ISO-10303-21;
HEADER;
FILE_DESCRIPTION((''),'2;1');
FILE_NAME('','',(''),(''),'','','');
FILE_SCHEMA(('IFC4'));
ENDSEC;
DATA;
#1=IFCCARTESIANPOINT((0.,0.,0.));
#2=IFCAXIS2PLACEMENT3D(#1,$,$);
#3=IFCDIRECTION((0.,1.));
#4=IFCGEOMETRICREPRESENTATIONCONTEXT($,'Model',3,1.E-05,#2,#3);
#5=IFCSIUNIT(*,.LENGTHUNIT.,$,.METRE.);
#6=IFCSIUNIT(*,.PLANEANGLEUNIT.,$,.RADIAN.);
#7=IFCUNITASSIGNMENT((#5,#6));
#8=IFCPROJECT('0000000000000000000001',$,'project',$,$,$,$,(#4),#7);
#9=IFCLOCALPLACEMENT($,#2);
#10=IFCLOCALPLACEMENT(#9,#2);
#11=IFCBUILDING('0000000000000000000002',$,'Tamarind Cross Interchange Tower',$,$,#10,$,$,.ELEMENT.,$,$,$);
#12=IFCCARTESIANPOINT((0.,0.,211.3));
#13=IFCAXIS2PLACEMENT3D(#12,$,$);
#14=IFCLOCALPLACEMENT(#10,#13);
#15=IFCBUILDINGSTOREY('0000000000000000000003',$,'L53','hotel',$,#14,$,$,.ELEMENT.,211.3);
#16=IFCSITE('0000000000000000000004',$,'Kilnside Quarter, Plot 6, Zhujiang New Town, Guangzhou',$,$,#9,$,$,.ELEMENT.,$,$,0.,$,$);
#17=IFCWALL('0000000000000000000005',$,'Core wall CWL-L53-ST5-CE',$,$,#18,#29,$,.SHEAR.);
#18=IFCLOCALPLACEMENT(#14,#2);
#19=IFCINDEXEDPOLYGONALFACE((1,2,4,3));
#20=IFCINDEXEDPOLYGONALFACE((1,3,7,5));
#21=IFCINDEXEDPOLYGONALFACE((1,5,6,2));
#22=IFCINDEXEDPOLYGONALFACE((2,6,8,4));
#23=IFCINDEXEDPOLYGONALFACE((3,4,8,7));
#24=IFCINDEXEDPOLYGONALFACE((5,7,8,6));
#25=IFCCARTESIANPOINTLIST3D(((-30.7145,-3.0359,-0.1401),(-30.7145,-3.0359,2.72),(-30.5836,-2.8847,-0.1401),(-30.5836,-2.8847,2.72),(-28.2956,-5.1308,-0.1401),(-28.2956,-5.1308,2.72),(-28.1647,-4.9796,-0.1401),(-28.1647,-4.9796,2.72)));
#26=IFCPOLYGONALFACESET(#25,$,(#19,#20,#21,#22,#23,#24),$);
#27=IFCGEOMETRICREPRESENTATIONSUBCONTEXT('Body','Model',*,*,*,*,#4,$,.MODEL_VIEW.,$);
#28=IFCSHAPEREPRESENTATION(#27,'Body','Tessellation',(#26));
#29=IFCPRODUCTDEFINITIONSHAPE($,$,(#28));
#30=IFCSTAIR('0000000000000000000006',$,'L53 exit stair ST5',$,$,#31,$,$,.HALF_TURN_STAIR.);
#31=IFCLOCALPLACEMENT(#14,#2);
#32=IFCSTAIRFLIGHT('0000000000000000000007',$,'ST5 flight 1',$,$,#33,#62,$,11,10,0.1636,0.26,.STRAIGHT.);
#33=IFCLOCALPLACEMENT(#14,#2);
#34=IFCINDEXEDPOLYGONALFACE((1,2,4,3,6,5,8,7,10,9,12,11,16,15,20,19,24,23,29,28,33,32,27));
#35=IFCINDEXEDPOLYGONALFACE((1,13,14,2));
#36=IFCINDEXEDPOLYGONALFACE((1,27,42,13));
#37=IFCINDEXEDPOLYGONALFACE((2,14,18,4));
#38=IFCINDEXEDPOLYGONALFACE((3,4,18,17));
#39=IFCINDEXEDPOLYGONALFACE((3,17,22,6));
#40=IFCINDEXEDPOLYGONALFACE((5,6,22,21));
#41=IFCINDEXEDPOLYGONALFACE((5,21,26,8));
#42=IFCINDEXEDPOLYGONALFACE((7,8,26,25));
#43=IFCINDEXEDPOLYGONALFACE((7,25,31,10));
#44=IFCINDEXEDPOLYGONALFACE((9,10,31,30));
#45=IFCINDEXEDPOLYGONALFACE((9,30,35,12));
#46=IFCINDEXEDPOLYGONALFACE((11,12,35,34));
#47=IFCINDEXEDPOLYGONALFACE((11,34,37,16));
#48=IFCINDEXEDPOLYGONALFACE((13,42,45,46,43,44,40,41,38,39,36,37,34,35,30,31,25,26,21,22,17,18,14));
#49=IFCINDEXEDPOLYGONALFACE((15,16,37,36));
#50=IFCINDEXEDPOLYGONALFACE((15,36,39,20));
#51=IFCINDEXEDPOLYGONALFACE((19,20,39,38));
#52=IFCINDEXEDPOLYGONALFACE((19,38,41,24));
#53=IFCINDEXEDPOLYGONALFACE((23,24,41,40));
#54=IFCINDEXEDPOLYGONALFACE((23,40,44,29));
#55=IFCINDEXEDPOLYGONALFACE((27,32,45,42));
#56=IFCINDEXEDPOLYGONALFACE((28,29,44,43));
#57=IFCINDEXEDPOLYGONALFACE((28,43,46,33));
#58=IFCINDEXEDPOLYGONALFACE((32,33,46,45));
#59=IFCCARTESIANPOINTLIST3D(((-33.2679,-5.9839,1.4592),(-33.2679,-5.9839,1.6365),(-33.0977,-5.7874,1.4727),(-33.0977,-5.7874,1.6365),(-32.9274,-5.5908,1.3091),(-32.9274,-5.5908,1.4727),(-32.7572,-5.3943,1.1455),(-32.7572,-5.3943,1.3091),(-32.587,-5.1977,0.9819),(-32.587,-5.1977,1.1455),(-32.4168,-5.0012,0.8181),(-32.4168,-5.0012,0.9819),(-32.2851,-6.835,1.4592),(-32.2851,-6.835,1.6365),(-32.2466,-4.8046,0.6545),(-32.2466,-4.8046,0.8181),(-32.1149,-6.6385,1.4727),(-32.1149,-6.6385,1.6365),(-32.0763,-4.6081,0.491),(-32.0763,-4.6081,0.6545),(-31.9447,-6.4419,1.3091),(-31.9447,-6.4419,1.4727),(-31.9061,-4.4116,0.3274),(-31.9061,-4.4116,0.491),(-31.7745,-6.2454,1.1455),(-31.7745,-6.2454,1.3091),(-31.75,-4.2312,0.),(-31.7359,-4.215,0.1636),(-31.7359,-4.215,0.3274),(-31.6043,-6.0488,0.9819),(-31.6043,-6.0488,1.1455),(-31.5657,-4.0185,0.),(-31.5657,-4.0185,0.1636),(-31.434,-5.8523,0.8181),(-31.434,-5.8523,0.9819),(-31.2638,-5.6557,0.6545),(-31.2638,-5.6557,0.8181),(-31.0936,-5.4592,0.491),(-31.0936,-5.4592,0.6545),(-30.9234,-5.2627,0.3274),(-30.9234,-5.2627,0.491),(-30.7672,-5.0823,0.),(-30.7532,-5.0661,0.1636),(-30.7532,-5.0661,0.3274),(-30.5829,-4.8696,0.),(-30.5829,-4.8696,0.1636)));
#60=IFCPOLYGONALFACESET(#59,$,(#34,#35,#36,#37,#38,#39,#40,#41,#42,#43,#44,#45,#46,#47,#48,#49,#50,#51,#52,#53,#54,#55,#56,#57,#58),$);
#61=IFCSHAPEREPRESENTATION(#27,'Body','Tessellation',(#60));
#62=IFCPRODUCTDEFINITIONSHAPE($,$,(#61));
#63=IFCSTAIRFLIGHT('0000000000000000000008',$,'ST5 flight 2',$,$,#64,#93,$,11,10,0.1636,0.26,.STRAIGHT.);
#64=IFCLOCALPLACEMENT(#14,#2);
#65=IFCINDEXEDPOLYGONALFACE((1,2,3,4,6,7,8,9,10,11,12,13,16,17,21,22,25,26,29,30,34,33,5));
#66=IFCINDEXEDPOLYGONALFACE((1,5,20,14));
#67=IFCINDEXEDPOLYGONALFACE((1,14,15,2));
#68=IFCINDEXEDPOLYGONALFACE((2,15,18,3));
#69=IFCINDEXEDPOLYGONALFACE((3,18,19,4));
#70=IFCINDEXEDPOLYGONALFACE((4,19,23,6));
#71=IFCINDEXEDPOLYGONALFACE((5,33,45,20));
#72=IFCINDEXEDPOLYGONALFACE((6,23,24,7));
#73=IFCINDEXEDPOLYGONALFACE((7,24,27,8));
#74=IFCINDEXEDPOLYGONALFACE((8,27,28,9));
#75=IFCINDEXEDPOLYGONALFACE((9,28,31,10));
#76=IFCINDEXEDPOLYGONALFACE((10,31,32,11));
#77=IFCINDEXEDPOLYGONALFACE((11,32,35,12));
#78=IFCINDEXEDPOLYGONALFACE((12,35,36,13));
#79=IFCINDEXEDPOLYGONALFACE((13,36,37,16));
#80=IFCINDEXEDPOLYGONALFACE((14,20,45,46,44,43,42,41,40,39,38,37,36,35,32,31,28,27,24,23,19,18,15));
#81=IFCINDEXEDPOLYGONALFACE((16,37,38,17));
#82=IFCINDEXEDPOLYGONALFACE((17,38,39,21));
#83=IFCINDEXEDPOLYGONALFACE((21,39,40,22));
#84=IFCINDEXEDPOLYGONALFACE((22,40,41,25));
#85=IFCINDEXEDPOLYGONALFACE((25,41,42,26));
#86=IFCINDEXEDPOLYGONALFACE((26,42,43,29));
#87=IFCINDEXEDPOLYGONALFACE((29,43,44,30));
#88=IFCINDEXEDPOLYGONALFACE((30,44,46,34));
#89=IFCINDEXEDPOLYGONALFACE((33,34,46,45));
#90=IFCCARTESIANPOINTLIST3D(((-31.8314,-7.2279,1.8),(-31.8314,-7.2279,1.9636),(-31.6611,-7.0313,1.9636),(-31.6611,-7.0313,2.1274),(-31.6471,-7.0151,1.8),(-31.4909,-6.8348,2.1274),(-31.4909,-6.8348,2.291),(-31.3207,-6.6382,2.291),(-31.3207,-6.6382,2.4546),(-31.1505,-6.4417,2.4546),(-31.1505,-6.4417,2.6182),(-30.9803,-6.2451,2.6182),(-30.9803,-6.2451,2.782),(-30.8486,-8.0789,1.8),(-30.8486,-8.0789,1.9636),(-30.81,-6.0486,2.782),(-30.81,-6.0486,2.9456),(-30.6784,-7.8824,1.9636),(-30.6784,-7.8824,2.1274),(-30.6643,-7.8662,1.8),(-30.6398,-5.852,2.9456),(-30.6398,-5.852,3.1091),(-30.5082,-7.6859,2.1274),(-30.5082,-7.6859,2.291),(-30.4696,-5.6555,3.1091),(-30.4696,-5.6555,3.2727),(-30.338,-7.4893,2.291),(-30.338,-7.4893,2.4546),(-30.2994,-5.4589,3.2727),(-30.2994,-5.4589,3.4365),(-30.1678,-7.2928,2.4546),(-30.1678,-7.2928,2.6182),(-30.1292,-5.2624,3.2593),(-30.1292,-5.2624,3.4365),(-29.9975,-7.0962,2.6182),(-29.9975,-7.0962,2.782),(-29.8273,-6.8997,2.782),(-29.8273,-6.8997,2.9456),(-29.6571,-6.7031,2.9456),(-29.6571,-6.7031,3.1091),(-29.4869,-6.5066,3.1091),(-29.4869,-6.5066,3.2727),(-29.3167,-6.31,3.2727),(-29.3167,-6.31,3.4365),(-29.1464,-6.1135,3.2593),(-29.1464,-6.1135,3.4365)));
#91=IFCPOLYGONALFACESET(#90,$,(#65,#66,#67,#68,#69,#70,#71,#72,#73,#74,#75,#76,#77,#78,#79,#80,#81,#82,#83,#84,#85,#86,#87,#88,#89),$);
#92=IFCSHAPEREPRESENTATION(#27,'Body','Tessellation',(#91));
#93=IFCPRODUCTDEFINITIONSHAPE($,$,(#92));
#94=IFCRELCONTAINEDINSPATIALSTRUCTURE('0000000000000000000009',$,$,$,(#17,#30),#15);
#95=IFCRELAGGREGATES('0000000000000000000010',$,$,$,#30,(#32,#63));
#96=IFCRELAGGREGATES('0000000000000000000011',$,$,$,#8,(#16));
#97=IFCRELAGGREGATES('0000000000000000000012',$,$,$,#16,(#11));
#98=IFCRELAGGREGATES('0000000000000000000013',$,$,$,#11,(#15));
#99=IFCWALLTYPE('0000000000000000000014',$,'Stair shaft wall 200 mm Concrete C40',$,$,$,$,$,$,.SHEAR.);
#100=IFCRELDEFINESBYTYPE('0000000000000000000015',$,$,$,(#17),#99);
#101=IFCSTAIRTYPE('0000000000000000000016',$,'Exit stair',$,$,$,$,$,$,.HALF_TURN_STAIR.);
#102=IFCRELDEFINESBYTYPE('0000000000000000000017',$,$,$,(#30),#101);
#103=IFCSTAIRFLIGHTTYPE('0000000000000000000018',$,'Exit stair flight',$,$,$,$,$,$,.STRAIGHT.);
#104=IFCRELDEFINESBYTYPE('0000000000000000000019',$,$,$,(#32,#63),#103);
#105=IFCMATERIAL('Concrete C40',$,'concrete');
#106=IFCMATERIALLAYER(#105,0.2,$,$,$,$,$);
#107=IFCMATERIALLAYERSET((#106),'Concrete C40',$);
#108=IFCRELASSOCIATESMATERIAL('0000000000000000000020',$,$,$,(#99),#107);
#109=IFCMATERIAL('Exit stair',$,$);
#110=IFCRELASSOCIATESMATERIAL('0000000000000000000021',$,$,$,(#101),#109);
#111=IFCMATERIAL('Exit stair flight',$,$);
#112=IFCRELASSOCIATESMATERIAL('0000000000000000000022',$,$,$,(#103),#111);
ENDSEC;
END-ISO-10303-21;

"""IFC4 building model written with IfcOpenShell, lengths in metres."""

from ifc_helpers import new_model, si_unit, direction, frame, frame_2d, origin, place, context, subcontext, project, spatial, polyline, rectangle, outline, extrude, material, layer, layer_set, type_object, element, aggregate, save


model = new_model("IFC4")

# Units and contexts
model_context = context("Model", 3, precision=1e-05, world=origin(), true_north=direction((0.0, 1.0)))
body_context = subcontext(model_context, "Body", "Model", "MODEL_VIEW")
ifc_project = project(units=[si_unit("LENGTHUNIT", "METRE"), si_unit("PLANEANGLEUNIT", "RADIAN")], contexts=[model_context])

# Site, building, storey
site_placement = place(None, origin())
site = spatial("IfcSite", under=ifc_project, at=site_placement, Name="Kilnside Quarter, Plot 6, Zhujiang New Town, Guangzhou", CompositionType="ELEMENT", RefElevation=0.0)
building_placement = place(site_placement, origin())
building = spatial("IfcBuilding", under=site, at=building_placement, Name="Tamarind Cross Interchange Tower", CompositionType="ELEMENT")
storey_placement = place(building_placement, frame((0.0, 0.0, 211.3)))
storey = spatial("IfcBuildingStorey", under=building, at=storey_placement, Name="L53", Description="hotel", CompositionType="ELEMENT", Elevation=211.3)

# Shared definitions
ifc_material_1 = material(Name="Concrete C40", Category="concrete")
ifc_layer_1 = layer(ifc_material_1, 0.2)
ifc_layer_set_1 = layer_set([ifc_layer_1], Name="Concrete C40")
wall_type_1 = type_object("IfcWallType", Name="Stair shaft wall 200 mm Concrete C40", PredefinedType="SHEAR", material=ifc_layer_set_1)

# Wall
wall_1_placement = place(storey_placement, frame((-30.6492, -2.9602, -0.1401), z_axis=(0.0, 0.0, 1.0), x_axis=(0.755913, -0.654672, 0.0)))
element("IfcWall", 1, at=wall_1_placement, inside=storey, type_object=wall_type_1, Name="Core wall CWL-L53-ST5-CE", PredefinedType="SHEAR", context=body_context, shape_type="SweptSolid", body=[
    extrude(rectangle(XDim=3.2, YDim=0.2, at=frame_2d((1.6001, 0.0))), origin(), (0.0, 0.0, 1.0), 2.8601),
])

# Stair, stair flights
ifc_material_2 = material(Name="Exit stair")
stair_type = type_object("IfcStairType", Name="Exit stair", PredefinedType="HALF_TURN_STAIR", material=ifc_material_2)
stair_placement = place(storey_placement, origin())
stair = element("IfcStair", 2, at=stair_placement, inside=storey, type_object=stair_type, Name="L53 exit stair ST5", PredefinedType="HALF_TURN_STAIR")
ifc_material_3 = material(Name="Exit stair flight")
stair_flight_type = type_object("IfcStairFlightType", Name="Exit stair flight", PredefinedType="STRAIGHT", material=ifc_material_3)
stair_flight_1_placement = place(storey_placement, frame((-31.0742, -4.4441, 0.0), z_axis=(0.0, 0.0, 1.0), x_axis=(-0.654667, -0.755917, 0.0)))
stair_flight_1 = element("IfcStairFlight", 3, at=stair_flight_1_placement, type_object=stair_flight_type, Name="ST5 flight 1", NumberOfRisers=11, NumberOfTreads=10, PredefinedType="STRAIGHT", RiserHeight=0.1636, TreadLength=0.26, context=body_context, shape_type="SweptSolid", body=[
    extrude(outline(polyline([(0.0, 0.0), (0.0, 0.1636), (0.26, 0.1636), (0.26, 0.3274), (0.52, 0.3274), (0.52, 0.491), (0.78, 0.491), (0.78, 0.6545), (1.04, 0.6545), (1.04, 0.8181), (1.3, 0.8181), (1.3, 0.9819), (1.5601, 0.9819), (1.5601, 1.1455), (1.8201, 1.1455), (1.8201, 1.3091), (2.0801, 1.3091), (2.0801, 1.4727), (2.3401, 1.4727), (2.3401, 1.6365), (2.6001, 1.6365), (2.6001, 1.8), (2.6001, 1.4592), (0.2815, 0.0), (0.0, 0.0)])), frame((0.0, 0.6499, 0.0), z_axis=(0.0, -1.0, 0.0), x_axis=(1.0, 0.0, 0.0)), (0.0, 0.0, 1.0), 1.3),
])
stair_flight_2_placement = place(storey_placement, frame((-31.3401, -7.6533, 1.8), z_axis=(0.0, 0.0, 1.0), x_axis=(0.654667, 0.755917, 0.0)))
stair_flight_2 = element("IfcStairFlight", 4, at=stair_flight_2_placement, type_object=stair_flight_type, Name="ST5 flight 2", NumberOfRisers=11, NumberOfTreads=10, PredefinedType="STRAIGHT", RiserHeight=0.1636, TreadLength=0.26, context=body_context, shape_type="SweptSolid", body=[
    extrude(outline(polyline([(0.0, 0.0), (0.0, 0.1636), (0.26, 0.1636), (0.26, 0.3274), (0.52, 0.3274), (0.52, 0.491), (0.78, 0.491), (0.78, 0.6545), (1.04, 0.6545), (1.04, 0.8181), (1.3, 0.8181), (1.3, 0.9819), (1.5601, 0.9819), (1.5601, 1.1455), (1.8201, 1.1455), (1.8201, 1.3091), (2.0801, 1.3091), (2.0801, 1.4727), (2.3401, 1.4727), (2.3401, 1.6365), (2.6001, 1.6365), (2.6001, 1.8), (2.6001, 1.4592), (0.2815, 0.0), (0.0, 0.0)])), frame((0.0, 0.6499, 0.0), z_axis=(0.0, -1.0, 0.0), x_axis=(1.0, 0.0, 0.0)), (0.0, 0.0, 1.0), 1.3),
])
aggregate(stair, [stair_flight_1, stair_flight_2])

save(model, "model.ifc")
